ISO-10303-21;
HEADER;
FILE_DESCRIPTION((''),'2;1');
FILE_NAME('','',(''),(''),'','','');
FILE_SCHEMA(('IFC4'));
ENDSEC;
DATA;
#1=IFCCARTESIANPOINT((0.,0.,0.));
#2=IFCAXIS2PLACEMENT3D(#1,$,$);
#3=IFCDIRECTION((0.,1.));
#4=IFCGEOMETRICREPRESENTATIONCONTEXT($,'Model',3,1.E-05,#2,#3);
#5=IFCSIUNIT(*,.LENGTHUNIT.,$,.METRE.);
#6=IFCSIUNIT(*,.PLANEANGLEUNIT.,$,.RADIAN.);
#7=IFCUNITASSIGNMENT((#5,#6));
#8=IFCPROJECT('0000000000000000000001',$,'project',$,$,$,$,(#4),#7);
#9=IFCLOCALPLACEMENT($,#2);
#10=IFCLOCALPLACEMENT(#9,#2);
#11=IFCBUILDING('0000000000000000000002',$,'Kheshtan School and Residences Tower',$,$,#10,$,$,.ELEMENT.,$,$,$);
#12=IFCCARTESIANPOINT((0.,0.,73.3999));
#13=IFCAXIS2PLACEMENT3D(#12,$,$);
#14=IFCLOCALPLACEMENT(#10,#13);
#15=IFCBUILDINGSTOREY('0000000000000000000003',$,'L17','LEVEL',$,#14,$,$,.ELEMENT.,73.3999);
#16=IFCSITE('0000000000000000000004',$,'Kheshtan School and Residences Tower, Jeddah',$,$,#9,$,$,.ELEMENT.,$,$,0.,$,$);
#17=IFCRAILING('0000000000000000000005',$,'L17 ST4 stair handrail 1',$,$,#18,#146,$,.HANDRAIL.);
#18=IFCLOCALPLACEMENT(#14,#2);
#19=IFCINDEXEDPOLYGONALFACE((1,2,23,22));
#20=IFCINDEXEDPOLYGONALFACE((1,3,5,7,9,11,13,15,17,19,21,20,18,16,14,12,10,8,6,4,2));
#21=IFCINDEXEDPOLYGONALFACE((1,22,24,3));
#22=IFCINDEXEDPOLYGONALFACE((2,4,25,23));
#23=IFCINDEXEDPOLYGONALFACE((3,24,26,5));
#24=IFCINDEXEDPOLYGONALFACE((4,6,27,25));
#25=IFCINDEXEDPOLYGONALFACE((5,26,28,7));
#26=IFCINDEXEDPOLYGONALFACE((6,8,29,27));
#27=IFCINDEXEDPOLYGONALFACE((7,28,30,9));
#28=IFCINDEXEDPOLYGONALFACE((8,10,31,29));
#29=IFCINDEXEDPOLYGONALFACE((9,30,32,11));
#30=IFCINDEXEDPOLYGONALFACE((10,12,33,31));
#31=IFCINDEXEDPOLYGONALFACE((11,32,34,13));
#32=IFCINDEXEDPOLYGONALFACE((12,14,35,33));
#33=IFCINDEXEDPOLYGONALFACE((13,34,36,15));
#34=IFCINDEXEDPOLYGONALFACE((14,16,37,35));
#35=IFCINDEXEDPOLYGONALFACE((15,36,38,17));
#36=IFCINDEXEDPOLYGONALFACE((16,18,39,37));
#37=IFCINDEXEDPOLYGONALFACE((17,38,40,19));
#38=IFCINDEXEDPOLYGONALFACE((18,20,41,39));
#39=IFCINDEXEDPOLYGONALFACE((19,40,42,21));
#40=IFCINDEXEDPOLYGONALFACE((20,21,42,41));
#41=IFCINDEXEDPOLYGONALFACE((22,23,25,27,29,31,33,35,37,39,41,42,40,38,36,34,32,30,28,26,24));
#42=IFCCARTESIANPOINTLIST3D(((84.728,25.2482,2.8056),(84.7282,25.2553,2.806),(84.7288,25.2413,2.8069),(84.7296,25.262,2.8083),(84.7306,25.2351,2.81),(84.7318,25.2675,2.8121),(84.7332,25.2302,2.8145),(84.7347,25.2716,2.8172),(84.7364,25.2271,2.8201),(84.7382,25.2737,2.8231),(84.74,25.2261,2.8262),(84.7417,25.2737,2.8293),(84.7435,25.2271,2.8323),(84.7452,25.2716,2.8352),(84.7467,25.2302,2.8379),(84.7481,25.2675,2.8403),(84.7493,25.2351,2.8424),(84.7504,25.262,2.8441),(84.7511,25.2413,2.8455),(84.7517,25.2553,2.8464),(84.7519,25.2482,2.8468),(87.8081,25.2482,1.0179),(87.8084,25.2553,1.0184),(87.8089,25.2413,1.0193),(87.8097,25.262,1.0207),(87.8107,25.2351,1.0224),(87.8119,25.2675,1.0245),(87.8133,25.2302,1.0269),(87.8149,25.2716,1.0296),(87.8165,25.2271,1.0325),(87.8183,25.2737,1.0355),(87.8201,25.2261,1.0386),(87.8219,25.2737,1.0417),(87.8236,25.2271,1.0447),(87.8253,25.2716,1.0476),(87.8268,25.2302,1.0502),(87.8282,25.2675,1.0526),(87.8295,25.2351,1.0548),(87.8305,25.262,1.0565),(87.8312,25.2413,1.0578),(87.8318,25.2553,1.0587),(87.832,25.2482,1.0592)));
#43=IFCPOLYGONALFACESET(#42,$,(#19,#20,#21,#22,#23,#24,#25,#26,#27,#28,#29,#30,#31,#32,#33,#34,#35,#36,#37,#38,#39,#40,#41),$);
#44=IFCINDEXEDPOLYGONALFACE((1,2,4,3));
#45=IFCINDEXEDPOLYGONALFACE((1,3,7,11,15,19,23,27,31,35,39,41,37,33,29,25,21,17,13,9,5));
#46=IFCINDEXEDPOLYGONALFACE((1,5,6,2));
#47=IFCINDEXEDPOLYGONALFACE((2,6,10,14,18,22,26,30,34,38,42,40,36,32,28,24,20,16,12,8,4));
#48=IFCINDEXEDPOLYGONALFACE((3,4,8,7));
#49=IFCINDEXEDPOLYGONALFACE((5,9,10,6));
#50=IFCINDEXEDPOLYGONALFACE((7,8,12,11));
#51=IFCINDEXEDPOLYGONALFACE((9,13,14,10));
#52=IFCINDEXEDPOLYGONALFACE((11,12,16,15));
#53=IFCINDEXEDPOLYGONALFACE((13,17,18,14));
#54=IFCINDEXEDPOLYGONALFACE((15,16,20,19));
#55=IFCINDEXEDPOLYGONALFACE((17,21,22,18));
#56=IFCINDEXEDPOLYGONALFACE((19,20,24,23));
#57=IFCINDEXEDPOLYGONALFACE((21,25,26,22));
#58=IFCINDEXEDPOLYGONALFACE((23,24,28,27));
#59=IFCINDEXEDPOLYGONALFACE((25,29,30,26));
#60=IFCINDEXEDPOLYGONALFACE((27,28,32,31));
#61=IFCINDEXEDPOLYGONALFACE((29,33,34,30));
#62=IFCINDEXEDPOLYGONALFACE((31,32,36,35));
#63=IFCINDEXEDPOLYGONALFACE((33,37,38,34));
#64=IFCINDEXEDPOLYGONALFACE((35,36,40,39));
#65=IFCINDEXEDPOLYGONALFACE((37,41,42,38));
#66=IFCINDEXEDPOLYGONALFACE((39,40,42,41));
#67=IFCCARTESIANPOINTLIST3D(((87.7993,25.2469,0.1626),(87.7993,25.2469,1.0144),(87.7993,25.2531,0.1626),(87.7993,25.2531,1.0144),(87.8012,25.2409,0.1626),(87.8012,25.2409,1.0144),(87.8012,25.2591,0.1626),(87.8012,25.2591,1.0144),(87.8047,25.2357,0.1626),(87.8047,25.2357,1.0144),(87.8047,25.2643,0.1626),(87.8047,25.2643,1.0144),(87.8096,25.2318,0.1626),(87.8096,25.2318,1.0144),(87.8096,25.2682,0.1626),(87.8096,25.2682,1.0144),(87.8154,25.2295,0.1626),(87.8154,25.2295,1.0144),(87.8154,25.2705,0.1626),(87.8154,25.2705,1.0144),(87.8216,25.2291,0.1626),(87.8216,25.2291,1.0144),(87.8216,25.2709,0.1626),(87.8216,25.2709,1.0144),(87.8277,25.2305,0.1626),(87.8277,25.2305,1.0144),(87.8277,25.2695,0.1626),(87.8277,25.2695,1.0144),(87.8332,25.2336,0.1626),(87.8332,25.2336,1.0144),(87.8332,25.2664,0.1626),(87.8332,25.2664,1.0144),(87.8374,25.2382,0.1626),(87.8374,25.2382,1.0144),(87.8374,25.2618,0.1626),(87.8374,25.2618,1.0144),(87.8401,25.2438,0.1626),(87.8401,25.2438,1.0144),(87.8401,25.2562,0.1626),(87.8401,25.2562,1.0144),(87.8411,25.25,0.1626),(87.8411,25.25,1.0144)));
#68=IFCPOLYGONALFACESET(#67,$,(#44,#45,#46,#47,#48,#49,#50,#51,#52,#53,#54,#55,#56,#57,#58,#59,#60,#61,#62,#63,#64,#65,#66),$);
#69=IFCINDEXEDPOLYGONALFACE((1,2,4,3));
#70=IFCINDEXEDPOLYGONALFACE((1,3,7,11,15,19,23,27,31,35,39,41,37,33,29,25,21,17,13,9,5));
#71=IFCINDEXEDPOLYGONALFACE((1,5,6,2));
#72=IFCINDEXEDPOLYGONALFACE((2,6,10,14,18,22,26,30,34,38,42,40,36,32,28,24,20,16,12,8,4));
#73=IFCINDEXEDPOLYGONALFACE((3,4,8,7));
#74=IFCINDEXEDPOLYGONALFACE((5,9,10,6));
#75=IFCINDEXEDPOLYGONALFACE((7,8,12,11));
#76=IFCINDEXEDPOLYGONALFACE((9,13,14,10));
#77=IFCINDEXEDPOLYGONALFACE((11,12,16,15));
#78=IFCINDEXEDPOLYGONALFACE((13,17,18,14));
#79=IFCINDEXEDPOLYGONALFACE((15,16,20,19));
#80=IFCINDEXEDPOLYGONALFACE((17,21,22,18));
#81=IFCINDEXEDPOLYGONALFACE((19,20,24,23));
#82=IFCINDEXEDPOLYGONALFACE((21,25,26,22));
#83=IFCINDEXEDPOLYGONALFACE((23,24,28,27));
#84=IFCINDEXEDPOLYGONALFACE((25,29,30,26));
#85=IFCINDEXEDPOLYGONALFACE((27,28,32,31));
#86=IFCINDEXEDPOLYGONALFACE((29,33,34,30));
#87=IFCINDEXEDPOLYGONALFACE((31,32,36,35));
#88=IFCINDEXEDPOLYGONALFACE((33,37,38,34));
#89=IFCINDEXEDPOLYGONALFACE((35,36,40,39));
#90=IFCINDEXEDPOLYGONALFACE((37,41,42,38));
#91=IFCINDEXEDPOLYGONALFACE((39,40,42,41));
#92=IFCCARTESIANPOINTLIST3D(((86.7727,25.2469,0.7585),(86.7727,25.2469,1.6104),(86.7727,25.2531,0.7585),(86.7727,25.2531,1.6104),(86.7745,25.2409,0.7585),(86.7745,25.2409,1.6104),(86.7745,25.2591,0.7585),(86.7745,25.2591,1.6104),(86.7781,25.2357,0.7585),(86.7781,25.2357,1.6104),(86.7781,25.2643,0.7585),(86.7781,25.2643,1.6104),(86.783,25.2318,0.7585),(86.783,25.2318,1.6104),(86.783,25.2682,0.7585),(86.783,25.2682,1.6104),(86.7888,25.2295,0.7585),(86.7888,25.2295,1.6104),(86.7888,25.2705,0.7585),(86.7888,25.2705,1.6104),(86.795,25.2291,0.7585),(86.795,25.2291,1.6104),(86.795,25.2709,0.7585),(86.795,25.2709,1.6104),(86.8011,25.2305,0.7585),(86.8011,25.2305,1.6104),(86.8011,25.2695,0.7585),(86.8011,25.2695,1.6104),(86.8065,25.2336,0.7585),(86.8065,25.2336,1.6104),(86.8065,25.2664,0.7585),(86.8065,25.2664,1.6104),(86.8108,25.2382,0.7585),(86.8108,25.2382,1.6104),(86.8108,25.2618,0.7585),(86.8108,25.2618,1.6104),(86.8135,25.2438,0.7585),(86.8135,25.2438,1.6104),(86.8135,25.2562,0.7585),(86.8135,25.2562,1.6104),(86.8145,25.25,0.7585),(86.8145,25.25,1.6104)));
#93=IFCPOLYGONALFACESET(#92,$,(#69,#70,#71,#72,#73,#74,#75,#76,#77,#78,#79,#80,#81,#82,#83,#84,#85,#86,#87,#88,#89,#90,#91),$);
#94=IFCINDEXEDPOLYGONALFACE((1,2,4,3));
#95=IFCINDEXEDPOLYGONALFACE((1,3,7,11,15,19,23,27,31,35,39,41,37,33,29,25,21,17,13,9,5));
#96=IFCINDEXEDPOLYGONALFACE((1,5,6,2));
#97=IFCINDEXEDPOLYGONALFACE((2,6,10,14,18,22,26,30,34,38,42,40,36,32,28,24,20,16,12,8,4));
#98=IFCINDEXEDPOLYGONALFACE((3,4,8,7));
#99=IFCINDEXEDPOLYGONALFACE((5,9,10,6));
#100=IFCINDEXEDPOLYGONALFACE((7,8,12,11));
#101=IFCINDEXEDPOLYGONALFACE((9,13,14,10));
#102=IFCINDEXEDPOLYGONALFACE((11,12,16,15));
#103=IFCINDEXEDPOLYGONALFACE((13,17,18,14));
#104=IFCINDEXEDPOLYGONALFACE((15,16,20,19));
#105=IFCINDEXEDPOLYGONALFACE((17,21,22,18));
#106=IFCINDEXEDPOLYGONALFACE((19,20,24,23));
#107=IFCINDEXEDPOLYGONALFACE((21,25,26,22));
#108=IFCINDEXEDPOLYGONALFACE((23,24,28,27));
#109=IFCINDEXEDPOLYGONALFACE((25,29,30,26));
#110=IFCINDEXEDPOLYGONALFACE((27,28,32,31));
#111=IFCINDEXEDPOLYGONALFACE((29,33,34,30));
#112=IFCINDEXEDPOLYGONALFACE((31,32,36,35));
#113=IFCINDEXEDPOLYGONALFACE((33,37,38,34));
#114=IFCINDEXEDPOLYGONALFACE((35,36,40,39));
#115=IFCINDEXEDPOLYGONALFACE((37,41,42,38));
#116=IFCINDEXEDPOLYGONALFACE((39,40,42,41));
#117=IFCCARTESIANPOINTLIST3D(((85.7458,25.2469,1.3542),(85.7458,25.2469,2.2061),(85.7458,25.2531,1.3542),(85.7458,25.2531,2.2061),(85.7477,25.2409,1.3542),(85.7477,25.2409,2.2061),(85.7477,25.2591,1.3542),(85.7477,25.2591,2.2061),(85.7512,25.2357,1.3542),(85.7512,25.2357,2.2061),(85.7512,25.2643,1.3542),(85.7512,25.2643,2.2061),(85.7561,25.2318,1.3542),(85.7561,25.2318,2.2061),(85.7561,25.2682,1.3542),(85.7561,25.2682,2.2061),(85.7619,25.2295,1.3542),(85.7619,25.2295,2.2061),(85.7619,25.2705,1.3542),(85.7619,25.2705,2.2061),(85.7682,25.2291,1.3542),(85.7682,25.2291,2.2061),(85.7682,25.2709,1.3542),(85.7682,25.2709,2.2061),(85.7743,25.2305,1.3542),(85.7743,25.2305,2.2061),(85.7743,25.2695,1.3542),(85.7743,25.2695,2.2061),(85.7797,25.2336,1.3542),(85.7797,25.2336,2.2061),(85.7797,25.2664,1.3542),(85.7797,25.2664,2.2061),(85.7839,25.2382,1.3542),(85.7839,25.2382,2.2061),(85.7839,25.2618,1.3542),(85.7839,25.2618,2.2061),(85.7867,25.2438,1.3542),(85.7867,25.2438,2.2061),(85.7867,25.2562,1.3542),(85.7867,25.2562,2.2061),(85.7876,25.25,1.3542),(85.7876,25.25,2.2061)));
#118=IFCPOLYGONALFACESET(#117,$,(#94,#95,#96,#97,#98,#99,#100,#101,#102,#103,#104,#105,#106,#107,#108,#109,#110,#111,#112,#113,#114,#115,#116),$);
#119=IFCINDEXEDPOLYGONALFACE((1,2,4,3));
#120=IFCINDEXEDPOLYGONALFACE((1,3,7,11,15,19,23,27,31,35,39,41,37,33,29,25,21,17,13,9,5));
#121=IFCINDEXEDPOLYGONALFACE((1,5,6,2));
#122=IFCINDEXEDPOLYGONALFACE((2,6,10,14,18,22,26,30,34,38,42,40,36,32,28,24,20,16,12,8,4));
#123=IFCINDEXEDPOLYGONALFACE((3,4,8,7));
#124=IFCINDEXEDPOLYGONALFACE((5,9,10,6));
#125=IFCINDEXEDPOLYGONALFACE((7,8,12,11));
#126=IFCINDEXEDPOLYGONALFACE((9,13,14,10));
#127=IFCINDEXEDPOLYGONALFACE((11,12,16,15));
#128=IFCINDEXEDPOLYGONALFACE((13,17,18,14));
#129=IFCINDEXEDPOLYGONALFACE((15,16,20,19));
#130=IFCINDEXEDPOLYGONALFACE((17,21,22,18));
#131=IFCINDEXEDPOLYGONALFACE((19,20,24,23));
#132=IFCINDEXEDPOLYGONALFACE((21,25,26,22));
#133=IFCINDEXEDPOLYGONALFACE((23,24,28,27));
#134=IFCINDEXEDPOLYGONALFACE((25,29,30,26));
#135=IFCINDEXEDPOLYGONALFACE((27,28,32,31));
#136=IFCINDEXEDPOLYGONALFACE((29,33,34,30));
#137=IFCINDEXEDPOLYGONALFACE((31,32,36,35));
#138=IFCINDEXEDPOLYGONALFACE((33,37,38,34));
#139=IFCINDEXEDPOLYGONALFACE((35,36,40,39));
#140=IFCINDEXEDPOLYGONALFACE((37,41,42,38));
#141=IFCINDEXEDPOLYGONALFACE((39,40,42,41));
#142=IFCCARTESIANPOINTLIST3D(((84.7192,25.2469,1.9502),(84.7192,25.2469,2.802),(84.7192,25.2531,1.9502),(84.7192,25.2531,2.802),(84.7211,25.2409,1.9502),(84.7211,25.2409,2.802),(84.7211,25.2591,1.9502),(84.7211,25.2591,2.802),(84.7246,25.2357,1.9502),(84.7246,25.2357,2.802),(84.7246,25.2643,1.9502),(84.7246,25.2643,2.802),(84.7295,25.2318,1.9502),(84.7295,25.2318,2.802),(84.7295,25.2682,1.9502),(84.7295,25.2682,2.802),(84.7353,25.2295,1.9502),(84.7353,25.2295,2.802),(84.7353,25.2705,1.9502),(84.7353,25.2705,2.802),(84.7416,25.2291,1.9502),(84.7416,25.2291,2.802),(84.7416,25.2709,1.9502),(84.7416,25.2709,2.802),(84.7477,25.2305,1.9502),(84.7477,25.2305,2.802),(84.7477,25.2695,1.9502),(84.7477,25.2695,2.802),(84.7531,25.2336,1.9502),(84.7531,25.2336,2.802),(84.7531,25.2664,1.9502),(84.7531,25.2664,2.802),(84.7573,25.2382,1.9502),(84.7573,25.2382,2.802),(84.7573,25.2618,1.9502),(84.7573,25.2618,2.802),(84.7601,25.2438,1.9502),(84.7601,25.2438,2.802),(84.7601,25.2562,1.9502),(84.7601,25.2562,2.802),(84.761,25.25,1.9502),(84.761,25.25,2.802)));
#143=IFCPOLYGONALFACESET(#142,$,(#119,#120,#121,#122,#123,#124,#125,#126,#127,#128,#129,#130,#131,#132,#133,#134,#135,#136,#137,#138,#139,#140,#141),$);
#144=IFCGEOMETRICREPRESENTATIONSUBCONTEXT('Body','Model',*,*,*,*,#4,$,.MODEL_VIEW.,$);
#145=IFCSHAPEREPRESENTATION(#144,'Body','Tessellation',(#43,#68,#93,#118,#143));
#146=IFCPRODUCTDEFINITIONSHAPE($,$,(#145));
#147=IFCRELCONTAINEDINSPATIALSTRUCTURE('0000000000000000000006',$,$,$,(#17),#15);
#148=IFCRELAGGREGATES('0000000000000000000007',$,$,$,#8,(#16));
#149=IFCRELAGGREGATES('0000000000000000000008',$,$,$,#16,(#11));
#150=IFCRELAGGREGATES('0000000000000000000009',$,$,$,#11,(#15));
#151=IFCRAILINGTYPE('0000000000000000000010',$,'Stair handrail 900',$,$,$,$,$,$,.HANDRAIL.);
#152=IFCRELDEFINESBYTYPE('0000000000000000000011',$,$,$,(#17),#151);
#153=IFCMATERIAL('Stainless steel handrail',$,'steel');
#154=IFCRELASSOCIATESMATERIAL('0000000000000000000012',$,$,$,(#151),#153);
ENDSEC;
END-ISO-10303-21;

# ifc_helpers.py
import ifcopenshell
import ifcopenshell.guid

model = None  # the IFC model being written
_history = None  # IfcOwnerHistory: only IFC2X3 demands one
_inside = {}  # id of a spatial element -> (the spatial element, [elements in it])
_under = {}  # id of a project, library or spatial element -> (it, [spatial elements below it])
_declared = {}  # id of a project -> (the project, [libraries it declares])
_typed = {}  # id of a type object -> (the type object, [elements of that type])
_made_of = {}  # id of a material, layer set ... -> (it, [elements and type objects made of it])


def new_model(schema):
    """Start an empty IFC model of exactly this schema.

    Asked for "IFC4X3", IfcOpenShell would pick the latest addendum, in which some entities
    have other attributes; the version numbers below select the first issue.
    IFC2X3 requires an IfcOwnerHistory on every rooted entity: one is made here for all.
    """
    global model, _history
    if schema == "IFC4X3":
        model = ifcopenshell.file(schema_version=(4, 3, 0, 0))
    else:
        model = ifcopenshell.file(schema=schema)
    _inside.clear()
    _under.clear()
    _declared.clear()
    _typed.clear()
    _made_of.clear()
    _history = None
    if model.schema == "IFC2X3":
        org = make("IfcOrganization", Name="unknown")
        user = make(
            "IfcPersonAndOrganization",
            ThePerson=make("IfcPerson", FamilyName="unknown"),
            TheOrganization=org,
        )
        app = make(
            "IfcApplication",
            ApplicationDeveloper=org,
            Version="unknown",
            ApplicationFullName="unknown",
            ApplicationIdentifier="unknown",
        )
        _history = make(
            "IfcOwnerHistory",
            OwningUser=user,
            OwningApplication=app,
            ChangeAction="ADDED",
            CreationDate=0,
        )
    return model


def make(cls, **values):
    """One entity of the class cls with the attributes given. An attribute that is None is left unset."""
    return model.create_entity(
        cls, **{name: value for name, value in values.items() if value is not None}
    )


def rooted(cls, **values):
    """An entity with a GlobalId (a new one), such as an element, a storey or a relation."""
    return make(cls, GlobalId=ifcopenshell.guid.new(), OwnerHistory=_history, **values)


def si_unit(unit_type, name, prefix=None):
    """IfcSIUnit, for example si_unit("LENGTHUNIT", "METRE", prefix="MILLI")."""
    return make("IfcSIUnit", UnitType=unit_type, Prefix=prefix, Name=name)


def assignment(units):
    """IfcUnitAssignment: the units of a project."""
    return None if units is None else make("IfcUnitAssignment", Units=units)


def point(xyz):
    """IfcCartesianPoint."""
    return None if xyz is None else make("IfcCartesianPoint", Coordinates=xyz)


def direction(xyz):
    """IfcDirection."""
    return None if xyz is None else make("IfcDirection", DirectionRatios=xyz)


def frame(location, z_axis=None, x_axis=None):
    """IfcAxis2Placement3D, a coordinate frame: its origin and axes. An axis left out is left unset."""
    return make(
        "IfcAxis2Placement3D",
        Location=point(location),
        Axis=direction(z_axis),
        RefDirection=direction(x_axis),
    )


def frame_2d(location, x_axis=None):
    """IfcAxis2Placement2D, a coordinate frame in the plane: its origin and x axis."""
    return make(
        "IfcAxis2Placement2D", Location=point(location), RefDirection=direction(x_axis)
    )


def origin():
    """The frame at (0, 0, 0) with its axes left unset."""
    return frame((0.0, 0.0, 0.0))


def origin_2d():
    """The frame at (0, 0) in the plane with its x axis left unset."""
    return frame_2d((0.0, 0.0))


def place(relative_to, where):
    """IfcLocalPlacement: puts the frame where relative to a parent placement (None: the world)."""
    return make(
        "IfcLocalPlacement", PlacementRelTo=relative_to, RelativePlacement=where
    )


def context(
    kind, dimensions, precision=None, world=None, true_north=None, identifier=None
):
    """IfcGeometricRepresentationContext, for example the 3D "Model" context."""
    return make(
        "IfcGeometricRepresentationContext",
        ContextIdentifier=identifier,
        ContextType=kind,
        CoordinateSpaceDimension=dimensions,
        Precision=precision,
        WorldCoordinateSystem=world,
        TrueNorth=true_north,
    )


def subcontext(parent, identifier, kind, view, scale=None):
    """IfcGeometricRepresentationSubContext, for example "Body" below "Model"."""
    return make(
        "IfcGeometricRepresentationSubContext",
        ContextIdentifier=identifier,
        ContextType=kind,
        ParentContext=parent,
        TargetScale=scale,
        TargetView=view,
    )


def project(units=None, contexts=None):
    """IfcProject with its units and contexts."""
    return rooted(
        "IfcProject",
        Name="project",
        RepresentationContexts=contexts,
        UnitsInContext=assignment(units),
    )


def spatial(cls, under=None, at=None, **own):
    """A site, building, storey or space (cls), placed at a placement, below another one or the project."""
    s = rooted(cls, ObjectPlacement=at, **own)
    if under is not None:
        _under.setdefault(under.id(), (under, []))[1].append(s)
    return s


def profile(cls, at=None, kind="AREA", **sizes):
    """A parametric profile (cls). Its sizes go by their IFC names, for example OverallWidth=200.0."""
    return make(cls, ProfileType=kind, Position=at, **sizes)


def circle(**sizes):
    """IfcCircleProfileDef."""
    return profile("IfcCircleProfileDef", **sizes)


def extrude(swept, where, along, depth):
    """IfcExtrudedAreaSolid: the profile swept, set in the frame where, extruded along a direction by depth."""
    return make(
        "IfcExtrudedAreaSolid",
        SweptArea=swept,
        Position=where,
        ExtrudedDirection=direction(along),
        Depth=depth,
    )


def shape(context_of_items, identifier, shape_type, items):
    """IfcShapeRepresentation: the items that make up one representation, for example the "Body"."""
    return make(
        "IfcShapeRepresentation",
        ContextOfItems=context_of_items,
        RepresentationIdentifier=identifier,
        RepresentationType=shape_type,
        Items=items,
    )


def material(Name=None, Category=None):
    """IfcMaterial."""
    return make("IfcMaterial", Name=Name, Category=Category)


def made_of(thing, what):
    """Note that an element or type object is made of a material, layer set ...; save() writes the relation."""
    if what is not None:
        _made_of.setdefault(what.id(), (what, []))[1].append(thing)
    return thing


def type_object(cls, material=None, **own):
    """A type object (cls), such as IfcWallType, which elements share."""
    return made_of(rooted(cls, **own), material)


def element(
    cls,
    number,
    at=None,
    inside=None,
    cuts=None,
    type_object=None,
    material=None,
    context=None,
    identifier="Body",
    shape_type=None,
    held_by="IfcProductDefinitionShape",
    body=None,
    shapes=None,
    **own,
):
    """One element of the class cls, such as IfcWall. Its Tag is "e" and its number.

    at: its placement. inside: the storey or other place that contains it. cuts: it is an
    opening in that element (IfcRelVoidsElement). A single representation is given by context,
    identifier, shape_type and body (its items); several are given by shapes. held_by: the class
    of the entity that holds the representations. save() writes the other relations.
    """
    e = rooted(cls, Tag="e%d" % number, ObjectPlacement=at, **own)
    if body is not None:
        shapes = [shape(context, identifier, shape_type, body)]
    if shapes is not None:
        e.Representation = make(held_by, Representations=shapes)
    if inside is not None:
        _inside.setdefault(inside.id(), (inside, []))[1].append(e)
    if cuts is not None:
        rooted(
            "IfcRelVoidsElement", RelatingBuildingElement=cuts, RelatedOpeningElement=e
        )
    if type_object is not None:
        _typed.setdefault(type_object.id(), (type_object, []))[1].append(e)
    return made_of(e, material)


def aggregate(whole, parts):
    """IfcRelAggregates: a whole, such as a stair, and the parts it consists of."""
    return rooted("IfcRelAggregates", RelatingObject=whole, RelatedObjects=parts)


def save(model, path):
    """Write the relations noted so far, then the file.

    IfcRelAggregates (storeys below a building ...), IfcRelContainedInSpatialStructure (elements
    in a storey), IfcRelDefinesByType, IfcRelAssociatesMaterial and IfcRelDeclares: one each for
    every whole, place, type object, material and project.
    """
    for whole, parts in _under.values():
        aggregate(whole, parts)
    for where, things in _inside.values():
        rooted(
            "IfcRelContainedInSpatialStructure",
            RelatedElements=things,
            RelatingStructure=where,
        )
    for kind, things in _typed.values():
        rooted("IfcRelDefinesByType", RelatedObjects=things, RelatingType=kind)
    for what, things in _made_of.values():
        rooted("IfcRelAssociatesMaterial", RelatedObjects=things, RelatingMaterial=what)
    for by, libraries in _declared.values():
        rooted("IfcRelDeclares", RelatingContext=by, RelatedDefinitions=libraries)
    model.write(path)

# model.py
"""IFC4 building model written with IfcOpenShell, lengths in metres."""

from ifc_helpers import new_model, si_unit, direction, frame, origin, origin_2d, place, context, subcontext, project, spatial, circle, extrude, material, type_object, element, save


model = new_model("IFC4")

# Units and contexts
model_context = context("Model", 3, precision=1e-05, world=origin(), true_north=direction((0.0, 1.0)))
body_context = subcontext(model_context, "Body", "Model", "MODEL_VIEW")
ifc_project = project(units=[si_unit("LENGTHUNIT", "METRE"), si_unit("PLANEANGLEUNIT", "RADIAN")], contexts=[model_context])

# Site, building, storey
site_placement = place(None, origin())
site = spatial("IfcSite", under=ifc_project, at=site_placement, Name="Kheshtan School and Residences Tower, Jeddah", CompositionType="ELEMENT", RefElevation=0.0)
building_placement = place(site_placement, origin())
building = spatial("IfcBuilding", under=site, at=building_placement, Name="Kheshtan School and Residences Tower", CompositionType="ELEMENT")
storey_placement = place(building_placement, frame((0.0, 0.0, 73.3999)))
storey = spatial("IfcBuildingStorey", under=building, at=storey_placement, Name="L17", Description="LEVEL", CompositionType="ELEMENT", Elevation=73.3999)

# Railing
ifc_material_1 = material(Name="Stainless steel handrail", Category="steel")
railing_type = type_object("IfcRailingType", Name="Stair handrail 900", PredefinedType="HANDRAIL", material=ifc_material_1)
railing_placement = place(storey_placement, frame((87.8201, 25.25, 0.1626)))
element("IfcRailing", 1, at=railing_placement, inside=storey, type_object=railing_type, Name="L17 ST4 stair handrail 1", PredefinedType="HANDRAIL", context=body_context, shape_type="SweptSolid", body=[
    extrude(circle(Radius=0.0239, at=origin_2d()), frame((0.0, 0.0, 0.876), z_axis=(-0.864891, 0.0, 0.50196), x_axis=(0.0, -1.0, 0.0)), (0.0, 0.0, 1.0), 3.5613),
    extrude(circle(Radius=0.021, at=origin_2d()), origin(), (0.0, 0.0, 1.0), 0.8518),
    extrude(circle(Radius=0.021, at=origin_2d()), frame((-1.0266, 0.0, 0.5959)), (0.0, 0.0, 1.0), 0.8518),
    extrude(circle(Radius=0.021, at=origin_2d()), frame((-2.0535, 0.0, 1.1917)), (0.0, 0.0, 1.0), 0.8518),
    extrude(circle(Radius=0.021, at=origin_2d()), frame((-3.0801, 0.0, 1.7876)), (0.0, 0.0, 1.0), 0.8518),
])

save(model, "model.ifc")
